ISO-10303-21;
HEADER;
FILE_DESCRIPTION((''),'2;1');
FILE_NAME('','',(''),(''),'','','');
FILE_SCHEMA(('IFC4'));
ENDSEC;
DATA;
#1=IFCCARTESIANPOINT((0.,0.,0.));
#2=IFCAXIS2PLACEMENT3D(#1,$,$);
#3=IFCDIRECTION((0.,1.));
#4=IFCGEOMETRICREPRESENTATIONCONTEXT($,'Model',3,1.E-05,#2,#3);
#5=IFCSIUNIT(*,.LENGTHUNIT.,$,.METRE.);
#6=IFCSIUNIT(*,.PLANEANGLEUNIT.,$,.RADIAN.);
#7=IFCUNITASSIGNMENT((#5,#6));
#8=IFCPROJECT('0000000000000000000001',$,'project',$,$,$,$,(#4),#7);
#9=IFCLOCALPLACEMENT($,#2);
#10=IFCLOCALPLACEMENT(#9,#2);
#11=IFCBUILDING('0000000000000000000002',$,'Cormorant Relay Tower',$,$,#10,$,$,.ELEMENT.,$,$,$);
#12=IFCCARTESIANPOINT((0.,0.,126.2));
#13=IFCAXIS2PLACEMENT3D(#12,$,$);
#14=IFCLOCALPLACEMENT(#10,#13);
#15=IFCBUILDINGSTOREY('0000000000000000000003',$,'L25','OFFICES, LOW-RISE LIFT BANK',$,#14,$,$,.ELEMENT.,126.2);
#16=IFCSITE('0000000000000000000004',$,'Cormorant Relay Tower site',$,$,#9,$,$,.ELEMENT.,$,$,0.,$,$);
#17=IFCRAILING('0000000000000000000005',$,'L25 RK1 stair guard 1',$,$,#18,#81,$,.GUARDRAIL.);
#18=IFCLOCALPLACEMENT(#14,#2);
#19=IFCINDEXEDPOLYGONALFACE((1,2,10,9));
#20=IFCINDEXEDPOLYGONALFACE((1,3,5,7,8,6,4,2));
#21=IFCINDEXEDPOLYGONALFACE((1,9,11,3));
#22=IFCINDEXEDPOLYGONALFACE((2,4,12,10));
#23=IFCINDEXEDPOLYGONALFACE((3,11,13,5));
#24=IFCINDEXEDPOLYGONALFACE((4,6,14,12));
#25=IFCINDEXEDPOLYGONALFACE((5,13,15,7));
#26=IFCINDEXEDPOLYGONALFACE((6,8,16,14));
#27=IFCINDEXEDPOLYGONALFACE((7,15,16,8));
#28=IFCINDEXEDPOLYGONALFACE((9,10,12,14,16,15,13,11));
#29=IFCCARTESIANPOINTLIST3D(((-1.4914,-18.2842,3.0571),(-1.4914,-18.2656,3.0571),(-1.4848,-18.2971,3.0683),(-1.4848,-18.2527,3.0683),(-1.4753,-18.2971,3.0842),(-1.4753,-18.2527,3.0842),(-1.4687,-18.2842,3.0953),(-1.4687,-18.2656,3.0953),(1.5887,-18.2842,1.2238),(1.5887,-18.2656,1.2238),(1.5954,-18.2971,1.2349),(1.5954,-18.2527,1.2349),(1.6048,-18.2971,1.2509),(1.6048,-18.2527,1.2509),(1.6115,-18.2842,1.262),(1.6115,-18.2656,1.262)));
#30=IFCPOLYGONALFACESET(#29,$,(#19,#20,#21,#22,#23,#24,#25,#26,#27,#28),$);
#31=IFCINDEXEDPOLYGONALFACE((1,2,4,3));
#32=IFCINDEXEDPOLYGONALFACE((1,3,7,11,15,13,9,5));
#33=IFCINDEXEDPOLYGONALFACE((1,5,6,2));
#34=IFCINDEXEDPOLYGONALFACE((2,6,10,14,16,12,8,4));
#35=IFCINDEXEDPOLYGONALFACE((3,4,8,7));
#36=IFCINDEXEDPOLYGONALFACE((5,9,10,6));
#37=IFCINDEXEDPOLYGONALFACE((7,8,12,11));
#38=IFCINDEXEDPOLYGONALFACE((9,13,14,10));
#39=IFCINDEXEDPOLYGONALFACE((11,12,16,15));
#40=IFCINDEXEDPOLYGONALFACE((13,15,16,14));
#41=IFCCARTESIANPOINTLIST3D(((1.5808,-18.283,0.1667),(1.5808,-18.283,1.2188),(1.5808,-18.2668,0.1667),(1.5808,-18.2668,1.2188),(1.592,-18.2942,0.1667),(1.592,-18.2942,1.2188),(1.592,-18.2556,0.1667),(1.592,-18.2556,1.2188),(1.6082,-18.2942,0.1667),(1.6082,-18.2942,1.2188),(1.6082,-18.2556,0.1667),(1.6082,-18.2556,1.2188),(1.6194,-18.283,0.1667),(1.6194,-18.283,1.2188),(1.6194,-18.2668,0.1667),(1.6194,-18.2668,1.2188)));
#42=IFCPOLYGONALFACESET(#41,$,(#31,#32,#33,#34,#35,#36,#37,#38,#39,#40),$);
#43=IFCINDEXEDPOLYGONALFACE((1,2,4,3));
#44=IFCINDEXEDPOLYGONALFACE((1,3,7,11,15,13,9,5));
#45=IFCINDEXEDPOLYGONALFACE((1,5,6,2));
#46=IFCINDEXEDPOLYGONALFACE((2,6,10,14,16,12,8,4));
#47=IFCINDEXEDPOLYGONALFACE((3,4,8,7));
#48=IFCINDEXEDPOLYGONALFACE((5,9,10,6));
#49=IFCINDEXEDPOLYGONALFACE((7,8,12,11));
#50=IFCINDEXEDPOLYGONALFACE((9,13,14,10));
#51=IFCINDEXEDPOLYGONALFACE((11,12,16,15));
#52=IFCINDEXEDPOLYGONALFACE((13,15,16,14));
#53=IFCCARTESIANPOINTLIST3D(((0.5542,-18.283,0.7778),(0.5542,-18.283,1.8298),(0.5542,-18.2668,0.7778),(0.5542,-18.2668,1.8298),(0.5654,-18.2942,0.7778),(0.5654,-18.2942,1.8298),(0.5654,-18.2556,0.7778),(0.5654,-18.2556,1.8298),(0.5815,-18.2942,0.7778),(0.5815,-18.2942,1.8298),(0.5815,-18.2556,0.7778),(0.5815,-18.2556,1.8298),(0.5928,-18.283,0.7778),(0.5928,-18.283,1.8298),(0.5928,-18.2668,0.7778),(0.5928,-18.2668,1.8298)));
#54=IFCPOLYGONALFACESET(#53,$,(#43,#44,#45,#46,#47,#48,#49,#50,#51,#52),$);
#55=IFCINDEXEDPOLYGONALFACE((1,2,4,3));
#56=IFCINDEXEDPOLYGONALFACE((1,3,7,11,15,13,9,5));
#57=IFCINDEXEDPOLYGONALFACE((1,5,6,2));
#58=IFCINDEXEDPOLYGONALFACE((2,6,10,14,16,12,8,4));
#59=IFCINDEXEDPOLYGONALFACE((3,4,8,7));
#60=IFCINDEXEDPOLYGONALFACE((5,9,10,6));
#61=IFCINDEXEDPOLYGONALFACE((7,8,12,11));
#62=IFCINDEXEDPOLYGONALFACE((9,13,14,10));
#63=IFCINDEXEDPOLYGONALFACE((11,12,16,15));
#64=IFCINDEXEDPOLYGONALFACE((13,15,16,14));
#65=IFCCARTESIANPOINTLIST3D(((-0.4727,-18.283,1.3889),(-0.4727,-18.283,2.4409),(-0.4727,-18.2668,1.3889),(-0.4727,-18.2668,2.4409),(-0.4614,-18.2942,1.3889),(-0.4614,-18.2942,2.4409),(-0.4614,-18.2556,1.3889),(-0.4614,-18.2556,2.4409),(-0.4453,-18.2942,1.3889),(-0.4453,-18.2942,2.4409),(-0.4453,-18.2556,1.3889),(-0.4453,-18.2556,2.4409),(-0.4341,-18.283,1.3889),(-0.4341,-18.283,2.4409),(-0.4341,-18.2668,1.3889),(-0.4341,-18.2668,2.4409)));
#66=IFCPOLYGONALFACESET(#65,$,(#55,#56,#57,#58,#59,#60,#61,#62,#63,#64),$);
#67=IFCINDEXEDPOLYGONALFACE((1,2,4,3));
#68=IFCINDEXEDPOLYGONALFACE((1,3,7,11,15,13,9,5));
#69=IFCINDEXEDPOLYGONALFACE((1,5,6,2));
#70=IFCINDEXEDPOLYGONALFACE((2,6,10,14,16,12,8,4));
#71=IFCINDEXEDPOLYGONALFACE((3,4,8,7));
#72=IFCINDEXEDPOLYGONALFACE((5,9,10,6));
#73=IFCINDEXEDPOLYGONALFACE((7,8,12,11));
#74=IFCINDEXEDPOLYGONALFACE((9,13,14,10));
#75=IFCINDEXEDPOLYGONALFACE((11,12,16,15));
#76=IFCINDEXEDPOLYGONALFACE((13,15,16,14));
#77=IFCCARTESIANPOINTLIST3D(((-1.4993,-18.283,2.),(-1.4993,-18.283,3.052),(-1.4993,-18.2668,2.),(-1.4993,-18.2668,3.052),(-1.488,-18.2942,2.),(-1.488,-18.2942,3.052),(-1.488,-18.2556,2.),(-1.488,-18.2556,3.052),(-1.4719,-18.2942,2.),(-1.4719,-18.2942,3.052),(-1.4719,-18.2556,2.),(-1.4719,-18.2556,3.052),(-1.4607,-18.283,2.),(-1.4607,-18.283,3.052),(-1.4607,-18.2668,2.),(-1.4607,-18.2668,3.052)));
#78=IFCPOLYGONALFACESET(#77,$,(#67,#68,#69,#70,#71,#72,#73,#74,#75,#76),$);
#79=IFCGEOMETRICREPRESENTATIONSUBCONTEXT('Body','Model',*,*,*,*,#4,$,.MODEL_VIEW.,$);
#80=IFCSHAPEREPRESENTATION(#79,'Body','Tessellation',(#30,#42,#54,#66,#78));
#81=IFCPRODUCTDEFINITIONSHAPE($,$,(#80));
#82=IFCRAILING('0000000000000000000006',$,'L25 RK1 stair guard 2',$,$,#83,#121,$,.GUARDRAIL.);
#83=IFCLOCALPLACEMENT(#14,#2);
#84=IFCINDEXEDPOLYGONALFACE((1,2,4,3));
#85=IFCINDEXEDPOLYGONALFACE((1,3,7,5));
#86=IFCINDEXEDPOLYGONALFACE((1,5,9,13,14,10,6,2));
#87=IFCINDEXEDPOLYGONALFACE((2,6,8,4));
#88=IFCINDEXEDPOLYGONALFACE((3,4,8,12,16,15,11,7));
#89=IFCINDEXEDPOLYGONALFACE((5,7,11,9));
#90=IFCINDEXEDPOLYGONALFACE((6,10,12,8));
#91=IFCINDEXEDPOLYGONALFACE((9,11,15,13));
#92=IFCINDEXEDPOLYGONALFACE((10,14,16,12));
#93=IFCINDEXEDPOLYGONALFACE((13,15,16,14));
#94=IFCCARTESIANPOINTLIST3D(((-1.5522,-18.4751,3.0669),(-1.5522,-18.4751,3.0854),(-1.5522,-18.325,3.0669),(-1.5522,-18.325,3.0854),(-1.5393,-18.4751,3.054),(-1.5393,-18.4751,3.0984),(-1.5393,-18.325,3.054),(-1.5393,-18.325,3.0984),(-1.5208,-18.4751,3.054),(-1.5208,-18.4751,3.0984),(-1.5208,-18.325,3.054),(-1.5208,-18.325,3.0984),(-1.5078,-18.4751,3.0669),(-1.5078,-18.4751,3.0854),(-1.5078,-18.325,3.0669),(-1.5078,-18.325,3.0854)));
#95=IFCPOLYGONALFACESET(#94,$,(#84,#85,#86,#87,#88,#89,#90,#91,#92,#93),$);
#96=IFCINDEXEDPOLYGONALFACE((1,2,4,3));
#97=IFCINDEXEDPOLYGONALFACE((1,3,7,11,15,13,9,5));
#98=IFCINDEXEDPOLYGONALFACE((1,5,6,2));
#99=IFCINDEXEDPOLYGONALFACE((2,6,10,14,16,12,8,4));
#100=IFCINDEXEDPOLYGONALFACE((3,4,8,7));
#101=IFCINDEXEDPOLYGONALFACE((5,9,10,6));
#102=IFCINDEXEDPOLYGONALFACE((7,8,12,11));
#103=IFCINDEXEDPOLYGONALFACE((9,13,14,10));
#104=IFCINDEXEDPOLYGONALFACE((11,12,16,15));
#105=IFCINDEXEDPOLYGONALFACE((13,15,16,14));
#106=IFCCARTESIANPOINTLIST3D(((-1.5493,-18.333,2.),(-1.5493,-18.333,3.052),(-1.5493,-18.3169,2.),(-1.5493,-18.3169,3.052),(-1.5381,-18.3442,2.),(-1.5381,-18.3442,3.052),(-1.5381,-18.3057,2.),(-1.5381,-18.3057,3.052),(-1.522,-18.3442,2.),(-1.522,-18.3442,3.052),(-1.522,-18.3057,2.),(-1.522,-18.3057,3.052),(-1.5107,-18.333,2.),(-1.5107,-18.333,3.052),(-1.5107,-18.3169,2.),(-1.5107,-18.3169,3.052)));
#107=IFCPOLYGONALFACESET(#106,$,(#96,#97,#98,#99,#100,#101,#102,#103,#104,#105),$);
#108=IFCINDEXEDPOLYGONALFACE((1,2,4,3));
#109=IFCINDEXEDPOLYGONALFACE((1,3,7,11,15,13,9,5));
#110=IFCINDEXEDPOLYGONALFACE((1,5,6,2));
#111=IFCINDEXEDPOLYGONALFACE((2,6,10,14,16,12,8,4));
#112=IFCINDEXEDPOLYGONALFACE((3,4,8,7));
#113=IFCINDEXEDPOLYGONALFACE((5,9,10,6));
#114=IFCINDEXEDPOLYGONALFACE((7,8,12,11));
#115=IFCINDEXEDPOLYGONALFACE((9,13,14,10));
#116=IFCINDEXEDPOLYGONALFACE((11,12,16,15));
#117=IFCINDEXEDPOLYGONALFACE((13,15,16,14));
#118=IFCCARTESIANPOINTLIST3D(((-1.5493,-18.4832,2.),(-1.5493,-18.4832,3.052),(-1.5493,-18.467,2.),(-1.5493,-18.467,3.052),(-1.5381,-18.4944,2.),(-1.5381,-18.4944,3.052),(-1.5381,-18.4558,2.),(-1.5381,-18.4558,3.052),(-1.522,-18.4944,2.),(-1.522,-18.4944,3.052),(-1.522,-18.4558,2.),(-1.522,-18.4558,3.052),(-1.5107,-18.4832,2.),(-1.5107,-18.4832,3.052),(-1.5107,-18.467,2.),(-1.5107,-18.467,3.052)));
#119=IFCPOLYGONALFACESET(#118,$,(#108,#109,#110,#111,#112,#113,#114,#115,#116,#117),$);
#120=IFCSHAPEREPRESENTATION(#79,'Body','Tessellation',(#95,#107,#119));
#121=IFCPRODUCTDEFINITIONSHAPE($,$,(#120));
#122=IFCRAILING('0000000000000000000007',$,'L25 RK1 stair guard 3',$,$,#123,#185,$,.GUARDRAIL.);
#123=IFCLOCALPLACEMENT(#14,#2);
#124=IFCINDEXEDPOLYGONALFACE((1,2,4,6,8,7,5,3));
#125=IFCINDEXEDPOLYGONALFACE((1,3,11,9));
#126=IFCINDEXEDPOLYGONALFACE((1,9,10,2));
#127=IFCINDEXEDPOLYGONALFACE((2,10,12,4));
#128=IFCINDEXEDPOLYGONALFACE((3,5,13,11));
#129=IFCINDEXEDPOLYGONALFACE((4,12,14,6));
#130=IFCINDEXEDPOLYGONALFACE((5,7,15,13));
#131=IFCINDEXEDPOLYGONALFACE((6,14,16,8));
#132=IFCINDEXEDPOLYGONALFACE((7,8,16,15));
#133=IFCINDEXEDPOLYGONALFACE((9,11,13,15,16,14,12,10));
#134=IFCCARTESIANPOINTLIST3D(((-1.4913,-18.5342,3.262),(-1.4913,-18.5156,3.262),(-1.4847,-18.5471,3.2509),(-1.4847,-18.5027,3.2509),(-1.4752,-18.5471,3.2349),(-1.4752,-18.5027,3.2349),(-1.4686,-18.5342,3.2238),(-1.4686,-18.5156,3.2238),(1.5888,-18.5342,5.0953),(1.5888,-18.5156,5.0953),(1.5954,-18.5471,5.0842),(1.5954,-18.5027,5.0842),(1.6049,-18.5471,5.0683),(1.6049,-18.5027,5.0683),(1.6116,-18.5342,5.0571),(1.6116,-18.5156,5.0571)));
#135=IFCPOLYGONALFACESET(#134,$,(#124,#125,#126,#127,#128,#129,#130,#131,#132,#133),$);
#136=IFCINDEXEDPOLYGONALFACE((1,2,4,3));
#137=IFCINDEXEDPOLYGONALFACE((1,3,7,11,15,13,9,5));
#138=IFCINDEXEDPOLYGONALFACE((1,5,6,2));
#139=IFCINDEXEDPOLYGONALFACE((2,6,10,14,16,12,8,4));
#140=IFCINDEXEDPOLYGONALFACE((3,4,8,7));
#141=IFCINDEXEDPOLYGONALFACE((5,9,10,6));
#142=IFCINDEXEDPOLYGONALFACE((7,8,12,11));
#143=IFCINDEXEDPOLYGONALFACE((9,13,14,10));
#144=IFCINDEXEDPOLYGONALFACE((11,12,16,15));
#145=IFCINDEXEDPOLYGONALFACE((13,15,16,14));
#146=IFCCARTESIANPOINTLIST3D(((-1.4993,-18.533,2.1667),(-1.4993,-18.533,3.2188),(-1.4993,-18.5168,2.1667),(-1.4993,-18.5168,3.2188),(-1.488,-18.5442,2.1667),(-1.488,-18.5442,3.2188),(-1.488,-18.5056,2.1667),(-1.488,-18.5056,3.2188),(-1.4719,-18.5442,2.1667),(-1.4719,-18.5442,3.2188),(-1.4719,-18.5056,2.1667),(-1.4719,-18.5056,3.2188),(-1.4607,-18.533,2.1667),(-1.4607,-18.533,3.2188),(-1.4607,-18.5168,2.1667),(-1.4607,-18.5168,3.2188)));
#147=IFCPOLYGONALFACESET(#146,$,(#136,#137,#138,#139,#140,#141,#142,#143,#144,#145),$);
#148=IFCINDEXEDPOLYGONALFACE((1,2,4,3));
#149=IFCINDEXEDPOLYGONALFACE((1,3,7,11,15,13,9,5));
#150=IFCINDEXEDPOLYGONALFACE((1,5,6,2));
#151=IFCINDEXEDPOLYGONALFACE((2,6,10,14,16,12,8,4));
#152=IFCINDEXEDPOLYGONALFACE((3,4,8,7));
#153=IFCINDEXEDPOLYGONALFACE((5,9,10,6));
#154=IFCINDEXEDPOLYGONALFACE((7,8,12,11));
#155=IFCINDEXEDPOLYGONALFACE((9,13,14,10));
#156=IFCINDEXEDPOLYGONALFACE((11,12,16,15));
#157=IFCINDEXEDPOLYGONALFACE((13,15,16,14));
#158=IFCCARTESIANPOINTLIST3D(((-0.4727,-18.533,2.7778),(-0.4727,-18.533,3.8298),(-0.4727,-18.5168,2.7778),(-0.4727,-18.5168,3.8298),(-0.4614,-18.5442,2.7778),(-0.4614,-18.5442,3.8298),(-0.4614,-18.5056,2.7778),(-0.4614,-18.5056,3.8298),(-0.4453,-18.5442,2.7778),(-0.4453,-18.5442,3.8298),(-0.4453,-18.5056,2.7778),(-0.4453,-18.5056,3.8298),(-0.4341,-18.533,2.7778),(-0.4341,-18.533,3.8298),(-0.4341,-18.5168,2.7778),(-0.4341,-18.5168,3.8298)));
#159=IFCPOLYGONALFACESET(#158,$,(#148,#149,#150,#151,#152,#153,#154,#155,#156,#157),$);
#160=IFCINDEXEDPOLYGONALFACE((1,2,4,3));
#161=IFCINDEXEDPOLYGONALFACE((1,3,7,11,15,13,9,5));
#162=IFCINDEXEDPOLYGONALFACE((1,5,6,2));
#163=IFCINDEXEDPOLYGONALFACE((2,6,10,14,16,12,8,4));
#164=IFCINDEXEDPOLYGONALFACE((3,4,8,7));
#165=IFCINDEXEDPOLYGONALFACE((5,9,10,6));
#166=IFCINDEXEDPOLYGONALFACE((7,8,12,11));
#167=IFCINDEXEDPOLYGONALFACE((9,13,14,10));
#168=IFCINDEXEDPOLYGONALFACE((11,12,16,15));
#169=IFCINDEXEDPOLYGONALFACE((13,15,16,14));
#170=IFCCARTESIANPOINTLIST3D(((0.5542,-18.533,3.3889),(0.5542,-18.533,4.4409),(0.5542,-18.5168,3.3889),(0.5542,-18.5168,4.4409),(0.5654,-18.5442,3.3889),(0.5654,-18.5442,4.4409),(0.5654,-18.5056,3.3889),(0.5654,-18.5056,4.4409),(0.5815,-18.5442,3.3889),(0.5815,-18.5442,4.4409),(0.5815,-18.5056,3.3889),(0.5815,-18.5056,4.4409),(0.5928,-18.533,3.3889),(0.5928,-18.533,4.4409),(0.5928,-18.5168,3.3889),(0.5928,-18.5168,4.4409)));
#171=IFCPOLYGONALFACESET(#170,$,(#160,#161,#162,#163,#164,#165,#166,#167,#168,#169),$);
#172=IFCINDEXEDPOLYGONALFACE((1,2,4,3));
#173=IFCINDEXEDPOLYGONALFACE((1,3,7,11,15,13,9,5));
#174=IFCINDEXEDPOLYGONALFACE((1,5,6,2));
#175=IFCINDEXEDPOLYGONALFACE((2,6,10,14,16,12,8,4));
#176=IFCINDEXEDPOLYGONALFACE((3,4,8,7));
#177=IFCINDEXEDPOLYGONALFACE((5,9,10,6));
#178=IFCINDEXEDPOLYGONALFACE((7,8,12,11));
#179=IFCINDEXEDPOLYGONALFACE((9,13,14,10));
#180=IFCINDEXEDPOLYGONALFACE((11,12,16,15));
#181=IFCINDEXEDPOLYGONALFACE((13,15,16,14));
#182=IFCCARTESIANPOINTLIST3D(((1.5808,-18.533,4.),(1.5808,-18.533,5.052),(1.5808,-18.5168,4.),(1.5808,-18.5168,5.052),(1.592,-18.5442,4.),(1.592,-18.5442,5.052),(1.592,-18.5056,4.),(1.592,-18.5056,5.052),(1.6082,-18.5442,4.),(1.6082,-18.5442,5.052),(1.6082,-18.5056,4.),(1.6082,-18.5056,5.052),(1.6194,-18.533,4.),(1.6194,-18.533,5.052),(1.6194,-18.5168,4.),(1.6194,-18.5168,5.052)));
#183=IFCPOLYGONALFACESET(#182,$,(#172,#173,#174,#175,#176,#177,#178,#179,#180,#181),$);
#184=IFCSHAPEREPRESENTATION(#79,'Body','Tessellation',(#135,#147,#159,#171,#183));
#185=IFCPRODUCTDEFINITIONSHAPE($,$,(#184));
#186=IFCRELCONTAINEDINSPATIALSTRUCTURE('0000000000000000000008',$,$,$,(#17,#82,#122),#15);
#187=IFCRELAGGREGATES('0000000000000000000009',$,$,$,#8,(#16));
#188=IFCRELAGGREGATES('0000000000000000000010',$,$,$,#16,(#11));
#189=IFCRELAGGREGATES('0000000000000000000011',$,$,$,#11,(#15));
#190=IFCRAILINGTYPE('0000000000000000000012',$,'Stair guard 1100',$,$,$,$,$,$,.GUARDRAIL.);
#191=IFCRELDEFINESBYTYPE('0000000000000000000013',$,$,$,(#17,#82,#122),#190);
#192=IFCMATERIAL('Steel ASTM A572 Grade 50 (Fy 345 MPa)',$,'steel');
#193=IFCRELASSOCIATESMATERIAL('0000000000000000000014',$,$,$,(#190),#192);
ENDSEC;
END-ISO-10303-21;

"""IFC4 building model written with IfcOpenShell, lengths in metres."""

from ifc_helpers import new_model, si_unit, direction, frame, origin, place, context, subcontext, project, spatial, polyline, outline, extrude, material, type_object, element, save


model = new_model("IFC4")

# Units and contexts
model_context = context("Model", 3, precision=1e-05, world=origin(), true_north=direction((0.0, 1.0)))
body_context = subcontext(model_context, "Body", "Model", "MODEL_VIEW")
ifc_project = project(units=[si_unit("LENGTHUNIT", "METRE"), si_unit("PLANEANGLEUNIT", "RADIAN")], contexts=[model_context])

# Site, building, storey
site_placement = place(None, origin())
site = spatial("IfcSite", under=ifc_project, at=site_placement, Name="Cormorant Relay Tower site", CompositionType="ELEMENT", RefElevation=0.0)
building_placement = place(site_placement, origin())
building = spatial("IfcBuilding", under=site, at=building_placement, Name="Cormorant Relay Tower", CompositionType="ELEMENT")
storey_placement = place(building_placement, frame((0.0, 0.0, 126.2)))
storey = spatial("IfcBuildingStorey", under=building, at=storey_placement, Name="L25", Description="OFFICES, LOW-RISE LIFT BANK", CompositionType="ELEMENT", Elevation=126.2)

# Railings
ifc_material_1 = material(Name="Steel ASTM A572 Grade 50 (Fy 345 MPa)", Category="steel")
railing_type_1 = type_object("IfcRailingType", Name="Stair guard 1100", PredefinedType="GUARDRAIL", material=ifc_material_1)
railing_1_placement = place(storey_placement, frame((1.6001, -18.2749, 0.1667)))
element("IfcRailing", 1, at=railing_1_placement, inside=storey, type_object=railing_type_1, Name="L25 RK1 stair guard 1", PredefinedType="GUARDRAIL", context=body_context, shape_type="SweptSolid", body=[
    extrude(outline(polyline([(0.0222, 0.0093), (0.0093, 0.0222), (-0.0093, 0.0222), (-0.0222, 0.0093), (-0.0222, -0.0093), (-0.0093, -0.0222), (0.0093, -0.0222), (0.0222, -0.0093), (0.0222, 0.0093)])), frame((0.0, 0.0, 1.0762), z_axis=(-0.859309, 0.0, 0.511458), x_axis=(0.0, -1.0, 0.0)), (0.0, 0.0, 1.0), 3.5845),
    extrude(outline(polyline([(0.0193, 0.0081), (0.0081, 0.0193), (-0.0081, 0.0193), (-0.0193, 0.0081), (-0.0193, -0.0081), (-0.0081, -0.0193), (0.0081, -0.0193), (0.0193, -0.0081), (0.0193, 0.0081)])), origin(), (0.0, 0.0, 1.0), 1.052),
    extrude(outline(polyline([(0.0193, 0.0081), (0.0081, 0.0193), (-0.0081, 0.0193), (-0.0193, 0.0081), (-0.0193, -0.0081), (-0.0081, -0.0193), (0.0081, -0.0193), (0.0193, -0.0081), (0.0193, 0.0081)])), frame((-1.0266, 0.0, 0.6111)), (0.0, 0.0, 1.0), 1.052),
    extrude(outline(polyline([(0.0193, 0.0081), (0.0081, 0.0193), (-0.0081, 0.0193), (-0.0193, 0.0081), (-0.0193, -0.0081), (-0.0081, -0.0193), (0.0081, -0.0193), (0.0193, -0.0081), (0.0193, 0.0081)])), frame((-2.0535, 0.0, 1.2222)), (0.0, 0.0, 1.0), 1.052),
    extrude(outline(polyline([(0.0193, 0.0081), (0.0081, 0.0193), (-0.0081, 0.0193), (-0.0193, 0.0081), (-0.0193, -0.0081), (-0.0081, -0.0193), (0.0081, -0.0193), (0.0193, -0.0081), (0.0193, 0.0081)])), frame((-3.0801, 0.0, 1.8333)), (0.0, 0.0, 1.0), 1.052),
])
railing_2_placement = place(storey_placement, frame((-1.53, -18.325, 2.0)))
element("IfcRailing", 2, at=railing_2_placement, inside=storey, type_object=railing_type_1, Name="L25 RK1 stair guard 2", PredefinedType="GUARDRAIL", context=body_context, shape_type="SweptSolid", body=[
    extrude(outline(polyline([(0.0222, 0.0093), (0.0093, 0.0222), (-0.0093, 0.0222), (-0.0222, 0.0093), (-0.0222, -0.0093), (-0.0093, -0.0222), (0.0093, -0.0222), (0.0222, -0.0093), (0.0222, 0.0093)])), frame((0.0, 0.0, 1.0762), z_axis=(0.0, -1.0, 0.0), x_axis=(1.0, 0.0, 0.0)), (0.0, 0.0, 1.0), 0.1501),
    extrude(outline(polyline([(0.0193, 0.0081), (0.0081, 0.0193), (-0.0081, 0.0193), (-0.0193, 0.0081), (-0.0193, -0.0081), (-0.0081, -0.0193), (0.0081, -0.0193), (0.0193, -0.0081), (0.0193, 0.0081)])), origin(), (0.0, 0.0, 1.0), 1.052),
    extrude(outline(polyline([(0.0193, 0.0081), (0.0081, 0.0193), (-0.0081, 0.0193), (-0.0193, 0.0081), (-0.0193, -0.0081), (-0.0081, -0.0193), (0.0081, -0.0193), (0.0193, -0.0081), (0.0193, 0.0081)])), frame((0.0, -0.1501, 0.0)), (0.0, 0.0, 1.0), 1.052),
])
railing_3_placement = place(storey_placement, frame((-1.48, -18.5249, 2.1667)))
element("IfcRailing", 3, at=railing_3_placement, inside=storey, type_object=railing_type_1, Name="L25 RK1 stair guard 3", PredefinedType="GUARDRAIL", context=body_context, shape_type="SweptSolid", body=[
    extrude(outline(polyline([(0.0222, 0.0093), (0.0093, 0.0222), (-0.0093, 0.0222), (-0.0222, 0.0093), (-0.0222, -0.0093), (-0.0093, -0.0222), (0.0093, -0.0222), (0.0222, -0.0093), (0.0222, 0.0093)])), frame((0.0, 0.0, 1.0762), z_axis=(0.859309, 0.0, 0.511458), x_axis=(0.0, 1.0, 0.0)), (0.0, 0.0, 1.0), 3.5845),
    extrude(outline(polyline([(0.0193, 0.0081), (0.0081, 0.0193), (-0.0081, 0.0193), (-0.0193, 0.0081), (-0.0193, -0.0081), (-0.0081, -0.0193), (0.0081, -0.0193), (0.0193, -0.0081), (0.0193, 0.0081)])), origin(), (0.0, 0.0, 1.0), 1.052),
    extrude(outline(polyline([(0.0193, 0.0081), (0.0081, 0.0193), (-0.0081, 0.0193), (-0.0193, 0.0081), (-0.0193, -0.0081), (-0.0081, -0.0193), (0.0081, -0.0193), (0.0193, -0.0081), (0.0193, 0.0081)])), frame((1.0266, 0.0, 0.6111)), (0.0, 0.0, 1.0), 1.052),
    extrude(outline(polyline([(0.0193, 0.0081), (0.0081, 0.0193), (-0.0081, 0.0193), (-0.0193, 0.0081), (-0.0193, -0.0081), (-0.0081, -0.0193), (0.0081, -0.0193), (0.0193, -0.0081), (0.0193, 0.0081)])), frame((2.0535, 0.0, 1.2222)), (0.0, 0.0, 1.0), 1.052),
    extrude(outline(polyline([(0.0193, 0.0081), (0.0081, 0.0193), (-0.0081, 0.0193), (-0.0193, 0.0081), (-0.0193, -0.0081), (-0.0081, -0.0193), (0.0081, -0.0193), (0.0193, -0.0081), (0.0193, 0.0081)])), frame((3.0801, 0.0, 1.8333)), (0.0, 0.0, 1.0), 1.052),
])

save(model, "model.ifc")
